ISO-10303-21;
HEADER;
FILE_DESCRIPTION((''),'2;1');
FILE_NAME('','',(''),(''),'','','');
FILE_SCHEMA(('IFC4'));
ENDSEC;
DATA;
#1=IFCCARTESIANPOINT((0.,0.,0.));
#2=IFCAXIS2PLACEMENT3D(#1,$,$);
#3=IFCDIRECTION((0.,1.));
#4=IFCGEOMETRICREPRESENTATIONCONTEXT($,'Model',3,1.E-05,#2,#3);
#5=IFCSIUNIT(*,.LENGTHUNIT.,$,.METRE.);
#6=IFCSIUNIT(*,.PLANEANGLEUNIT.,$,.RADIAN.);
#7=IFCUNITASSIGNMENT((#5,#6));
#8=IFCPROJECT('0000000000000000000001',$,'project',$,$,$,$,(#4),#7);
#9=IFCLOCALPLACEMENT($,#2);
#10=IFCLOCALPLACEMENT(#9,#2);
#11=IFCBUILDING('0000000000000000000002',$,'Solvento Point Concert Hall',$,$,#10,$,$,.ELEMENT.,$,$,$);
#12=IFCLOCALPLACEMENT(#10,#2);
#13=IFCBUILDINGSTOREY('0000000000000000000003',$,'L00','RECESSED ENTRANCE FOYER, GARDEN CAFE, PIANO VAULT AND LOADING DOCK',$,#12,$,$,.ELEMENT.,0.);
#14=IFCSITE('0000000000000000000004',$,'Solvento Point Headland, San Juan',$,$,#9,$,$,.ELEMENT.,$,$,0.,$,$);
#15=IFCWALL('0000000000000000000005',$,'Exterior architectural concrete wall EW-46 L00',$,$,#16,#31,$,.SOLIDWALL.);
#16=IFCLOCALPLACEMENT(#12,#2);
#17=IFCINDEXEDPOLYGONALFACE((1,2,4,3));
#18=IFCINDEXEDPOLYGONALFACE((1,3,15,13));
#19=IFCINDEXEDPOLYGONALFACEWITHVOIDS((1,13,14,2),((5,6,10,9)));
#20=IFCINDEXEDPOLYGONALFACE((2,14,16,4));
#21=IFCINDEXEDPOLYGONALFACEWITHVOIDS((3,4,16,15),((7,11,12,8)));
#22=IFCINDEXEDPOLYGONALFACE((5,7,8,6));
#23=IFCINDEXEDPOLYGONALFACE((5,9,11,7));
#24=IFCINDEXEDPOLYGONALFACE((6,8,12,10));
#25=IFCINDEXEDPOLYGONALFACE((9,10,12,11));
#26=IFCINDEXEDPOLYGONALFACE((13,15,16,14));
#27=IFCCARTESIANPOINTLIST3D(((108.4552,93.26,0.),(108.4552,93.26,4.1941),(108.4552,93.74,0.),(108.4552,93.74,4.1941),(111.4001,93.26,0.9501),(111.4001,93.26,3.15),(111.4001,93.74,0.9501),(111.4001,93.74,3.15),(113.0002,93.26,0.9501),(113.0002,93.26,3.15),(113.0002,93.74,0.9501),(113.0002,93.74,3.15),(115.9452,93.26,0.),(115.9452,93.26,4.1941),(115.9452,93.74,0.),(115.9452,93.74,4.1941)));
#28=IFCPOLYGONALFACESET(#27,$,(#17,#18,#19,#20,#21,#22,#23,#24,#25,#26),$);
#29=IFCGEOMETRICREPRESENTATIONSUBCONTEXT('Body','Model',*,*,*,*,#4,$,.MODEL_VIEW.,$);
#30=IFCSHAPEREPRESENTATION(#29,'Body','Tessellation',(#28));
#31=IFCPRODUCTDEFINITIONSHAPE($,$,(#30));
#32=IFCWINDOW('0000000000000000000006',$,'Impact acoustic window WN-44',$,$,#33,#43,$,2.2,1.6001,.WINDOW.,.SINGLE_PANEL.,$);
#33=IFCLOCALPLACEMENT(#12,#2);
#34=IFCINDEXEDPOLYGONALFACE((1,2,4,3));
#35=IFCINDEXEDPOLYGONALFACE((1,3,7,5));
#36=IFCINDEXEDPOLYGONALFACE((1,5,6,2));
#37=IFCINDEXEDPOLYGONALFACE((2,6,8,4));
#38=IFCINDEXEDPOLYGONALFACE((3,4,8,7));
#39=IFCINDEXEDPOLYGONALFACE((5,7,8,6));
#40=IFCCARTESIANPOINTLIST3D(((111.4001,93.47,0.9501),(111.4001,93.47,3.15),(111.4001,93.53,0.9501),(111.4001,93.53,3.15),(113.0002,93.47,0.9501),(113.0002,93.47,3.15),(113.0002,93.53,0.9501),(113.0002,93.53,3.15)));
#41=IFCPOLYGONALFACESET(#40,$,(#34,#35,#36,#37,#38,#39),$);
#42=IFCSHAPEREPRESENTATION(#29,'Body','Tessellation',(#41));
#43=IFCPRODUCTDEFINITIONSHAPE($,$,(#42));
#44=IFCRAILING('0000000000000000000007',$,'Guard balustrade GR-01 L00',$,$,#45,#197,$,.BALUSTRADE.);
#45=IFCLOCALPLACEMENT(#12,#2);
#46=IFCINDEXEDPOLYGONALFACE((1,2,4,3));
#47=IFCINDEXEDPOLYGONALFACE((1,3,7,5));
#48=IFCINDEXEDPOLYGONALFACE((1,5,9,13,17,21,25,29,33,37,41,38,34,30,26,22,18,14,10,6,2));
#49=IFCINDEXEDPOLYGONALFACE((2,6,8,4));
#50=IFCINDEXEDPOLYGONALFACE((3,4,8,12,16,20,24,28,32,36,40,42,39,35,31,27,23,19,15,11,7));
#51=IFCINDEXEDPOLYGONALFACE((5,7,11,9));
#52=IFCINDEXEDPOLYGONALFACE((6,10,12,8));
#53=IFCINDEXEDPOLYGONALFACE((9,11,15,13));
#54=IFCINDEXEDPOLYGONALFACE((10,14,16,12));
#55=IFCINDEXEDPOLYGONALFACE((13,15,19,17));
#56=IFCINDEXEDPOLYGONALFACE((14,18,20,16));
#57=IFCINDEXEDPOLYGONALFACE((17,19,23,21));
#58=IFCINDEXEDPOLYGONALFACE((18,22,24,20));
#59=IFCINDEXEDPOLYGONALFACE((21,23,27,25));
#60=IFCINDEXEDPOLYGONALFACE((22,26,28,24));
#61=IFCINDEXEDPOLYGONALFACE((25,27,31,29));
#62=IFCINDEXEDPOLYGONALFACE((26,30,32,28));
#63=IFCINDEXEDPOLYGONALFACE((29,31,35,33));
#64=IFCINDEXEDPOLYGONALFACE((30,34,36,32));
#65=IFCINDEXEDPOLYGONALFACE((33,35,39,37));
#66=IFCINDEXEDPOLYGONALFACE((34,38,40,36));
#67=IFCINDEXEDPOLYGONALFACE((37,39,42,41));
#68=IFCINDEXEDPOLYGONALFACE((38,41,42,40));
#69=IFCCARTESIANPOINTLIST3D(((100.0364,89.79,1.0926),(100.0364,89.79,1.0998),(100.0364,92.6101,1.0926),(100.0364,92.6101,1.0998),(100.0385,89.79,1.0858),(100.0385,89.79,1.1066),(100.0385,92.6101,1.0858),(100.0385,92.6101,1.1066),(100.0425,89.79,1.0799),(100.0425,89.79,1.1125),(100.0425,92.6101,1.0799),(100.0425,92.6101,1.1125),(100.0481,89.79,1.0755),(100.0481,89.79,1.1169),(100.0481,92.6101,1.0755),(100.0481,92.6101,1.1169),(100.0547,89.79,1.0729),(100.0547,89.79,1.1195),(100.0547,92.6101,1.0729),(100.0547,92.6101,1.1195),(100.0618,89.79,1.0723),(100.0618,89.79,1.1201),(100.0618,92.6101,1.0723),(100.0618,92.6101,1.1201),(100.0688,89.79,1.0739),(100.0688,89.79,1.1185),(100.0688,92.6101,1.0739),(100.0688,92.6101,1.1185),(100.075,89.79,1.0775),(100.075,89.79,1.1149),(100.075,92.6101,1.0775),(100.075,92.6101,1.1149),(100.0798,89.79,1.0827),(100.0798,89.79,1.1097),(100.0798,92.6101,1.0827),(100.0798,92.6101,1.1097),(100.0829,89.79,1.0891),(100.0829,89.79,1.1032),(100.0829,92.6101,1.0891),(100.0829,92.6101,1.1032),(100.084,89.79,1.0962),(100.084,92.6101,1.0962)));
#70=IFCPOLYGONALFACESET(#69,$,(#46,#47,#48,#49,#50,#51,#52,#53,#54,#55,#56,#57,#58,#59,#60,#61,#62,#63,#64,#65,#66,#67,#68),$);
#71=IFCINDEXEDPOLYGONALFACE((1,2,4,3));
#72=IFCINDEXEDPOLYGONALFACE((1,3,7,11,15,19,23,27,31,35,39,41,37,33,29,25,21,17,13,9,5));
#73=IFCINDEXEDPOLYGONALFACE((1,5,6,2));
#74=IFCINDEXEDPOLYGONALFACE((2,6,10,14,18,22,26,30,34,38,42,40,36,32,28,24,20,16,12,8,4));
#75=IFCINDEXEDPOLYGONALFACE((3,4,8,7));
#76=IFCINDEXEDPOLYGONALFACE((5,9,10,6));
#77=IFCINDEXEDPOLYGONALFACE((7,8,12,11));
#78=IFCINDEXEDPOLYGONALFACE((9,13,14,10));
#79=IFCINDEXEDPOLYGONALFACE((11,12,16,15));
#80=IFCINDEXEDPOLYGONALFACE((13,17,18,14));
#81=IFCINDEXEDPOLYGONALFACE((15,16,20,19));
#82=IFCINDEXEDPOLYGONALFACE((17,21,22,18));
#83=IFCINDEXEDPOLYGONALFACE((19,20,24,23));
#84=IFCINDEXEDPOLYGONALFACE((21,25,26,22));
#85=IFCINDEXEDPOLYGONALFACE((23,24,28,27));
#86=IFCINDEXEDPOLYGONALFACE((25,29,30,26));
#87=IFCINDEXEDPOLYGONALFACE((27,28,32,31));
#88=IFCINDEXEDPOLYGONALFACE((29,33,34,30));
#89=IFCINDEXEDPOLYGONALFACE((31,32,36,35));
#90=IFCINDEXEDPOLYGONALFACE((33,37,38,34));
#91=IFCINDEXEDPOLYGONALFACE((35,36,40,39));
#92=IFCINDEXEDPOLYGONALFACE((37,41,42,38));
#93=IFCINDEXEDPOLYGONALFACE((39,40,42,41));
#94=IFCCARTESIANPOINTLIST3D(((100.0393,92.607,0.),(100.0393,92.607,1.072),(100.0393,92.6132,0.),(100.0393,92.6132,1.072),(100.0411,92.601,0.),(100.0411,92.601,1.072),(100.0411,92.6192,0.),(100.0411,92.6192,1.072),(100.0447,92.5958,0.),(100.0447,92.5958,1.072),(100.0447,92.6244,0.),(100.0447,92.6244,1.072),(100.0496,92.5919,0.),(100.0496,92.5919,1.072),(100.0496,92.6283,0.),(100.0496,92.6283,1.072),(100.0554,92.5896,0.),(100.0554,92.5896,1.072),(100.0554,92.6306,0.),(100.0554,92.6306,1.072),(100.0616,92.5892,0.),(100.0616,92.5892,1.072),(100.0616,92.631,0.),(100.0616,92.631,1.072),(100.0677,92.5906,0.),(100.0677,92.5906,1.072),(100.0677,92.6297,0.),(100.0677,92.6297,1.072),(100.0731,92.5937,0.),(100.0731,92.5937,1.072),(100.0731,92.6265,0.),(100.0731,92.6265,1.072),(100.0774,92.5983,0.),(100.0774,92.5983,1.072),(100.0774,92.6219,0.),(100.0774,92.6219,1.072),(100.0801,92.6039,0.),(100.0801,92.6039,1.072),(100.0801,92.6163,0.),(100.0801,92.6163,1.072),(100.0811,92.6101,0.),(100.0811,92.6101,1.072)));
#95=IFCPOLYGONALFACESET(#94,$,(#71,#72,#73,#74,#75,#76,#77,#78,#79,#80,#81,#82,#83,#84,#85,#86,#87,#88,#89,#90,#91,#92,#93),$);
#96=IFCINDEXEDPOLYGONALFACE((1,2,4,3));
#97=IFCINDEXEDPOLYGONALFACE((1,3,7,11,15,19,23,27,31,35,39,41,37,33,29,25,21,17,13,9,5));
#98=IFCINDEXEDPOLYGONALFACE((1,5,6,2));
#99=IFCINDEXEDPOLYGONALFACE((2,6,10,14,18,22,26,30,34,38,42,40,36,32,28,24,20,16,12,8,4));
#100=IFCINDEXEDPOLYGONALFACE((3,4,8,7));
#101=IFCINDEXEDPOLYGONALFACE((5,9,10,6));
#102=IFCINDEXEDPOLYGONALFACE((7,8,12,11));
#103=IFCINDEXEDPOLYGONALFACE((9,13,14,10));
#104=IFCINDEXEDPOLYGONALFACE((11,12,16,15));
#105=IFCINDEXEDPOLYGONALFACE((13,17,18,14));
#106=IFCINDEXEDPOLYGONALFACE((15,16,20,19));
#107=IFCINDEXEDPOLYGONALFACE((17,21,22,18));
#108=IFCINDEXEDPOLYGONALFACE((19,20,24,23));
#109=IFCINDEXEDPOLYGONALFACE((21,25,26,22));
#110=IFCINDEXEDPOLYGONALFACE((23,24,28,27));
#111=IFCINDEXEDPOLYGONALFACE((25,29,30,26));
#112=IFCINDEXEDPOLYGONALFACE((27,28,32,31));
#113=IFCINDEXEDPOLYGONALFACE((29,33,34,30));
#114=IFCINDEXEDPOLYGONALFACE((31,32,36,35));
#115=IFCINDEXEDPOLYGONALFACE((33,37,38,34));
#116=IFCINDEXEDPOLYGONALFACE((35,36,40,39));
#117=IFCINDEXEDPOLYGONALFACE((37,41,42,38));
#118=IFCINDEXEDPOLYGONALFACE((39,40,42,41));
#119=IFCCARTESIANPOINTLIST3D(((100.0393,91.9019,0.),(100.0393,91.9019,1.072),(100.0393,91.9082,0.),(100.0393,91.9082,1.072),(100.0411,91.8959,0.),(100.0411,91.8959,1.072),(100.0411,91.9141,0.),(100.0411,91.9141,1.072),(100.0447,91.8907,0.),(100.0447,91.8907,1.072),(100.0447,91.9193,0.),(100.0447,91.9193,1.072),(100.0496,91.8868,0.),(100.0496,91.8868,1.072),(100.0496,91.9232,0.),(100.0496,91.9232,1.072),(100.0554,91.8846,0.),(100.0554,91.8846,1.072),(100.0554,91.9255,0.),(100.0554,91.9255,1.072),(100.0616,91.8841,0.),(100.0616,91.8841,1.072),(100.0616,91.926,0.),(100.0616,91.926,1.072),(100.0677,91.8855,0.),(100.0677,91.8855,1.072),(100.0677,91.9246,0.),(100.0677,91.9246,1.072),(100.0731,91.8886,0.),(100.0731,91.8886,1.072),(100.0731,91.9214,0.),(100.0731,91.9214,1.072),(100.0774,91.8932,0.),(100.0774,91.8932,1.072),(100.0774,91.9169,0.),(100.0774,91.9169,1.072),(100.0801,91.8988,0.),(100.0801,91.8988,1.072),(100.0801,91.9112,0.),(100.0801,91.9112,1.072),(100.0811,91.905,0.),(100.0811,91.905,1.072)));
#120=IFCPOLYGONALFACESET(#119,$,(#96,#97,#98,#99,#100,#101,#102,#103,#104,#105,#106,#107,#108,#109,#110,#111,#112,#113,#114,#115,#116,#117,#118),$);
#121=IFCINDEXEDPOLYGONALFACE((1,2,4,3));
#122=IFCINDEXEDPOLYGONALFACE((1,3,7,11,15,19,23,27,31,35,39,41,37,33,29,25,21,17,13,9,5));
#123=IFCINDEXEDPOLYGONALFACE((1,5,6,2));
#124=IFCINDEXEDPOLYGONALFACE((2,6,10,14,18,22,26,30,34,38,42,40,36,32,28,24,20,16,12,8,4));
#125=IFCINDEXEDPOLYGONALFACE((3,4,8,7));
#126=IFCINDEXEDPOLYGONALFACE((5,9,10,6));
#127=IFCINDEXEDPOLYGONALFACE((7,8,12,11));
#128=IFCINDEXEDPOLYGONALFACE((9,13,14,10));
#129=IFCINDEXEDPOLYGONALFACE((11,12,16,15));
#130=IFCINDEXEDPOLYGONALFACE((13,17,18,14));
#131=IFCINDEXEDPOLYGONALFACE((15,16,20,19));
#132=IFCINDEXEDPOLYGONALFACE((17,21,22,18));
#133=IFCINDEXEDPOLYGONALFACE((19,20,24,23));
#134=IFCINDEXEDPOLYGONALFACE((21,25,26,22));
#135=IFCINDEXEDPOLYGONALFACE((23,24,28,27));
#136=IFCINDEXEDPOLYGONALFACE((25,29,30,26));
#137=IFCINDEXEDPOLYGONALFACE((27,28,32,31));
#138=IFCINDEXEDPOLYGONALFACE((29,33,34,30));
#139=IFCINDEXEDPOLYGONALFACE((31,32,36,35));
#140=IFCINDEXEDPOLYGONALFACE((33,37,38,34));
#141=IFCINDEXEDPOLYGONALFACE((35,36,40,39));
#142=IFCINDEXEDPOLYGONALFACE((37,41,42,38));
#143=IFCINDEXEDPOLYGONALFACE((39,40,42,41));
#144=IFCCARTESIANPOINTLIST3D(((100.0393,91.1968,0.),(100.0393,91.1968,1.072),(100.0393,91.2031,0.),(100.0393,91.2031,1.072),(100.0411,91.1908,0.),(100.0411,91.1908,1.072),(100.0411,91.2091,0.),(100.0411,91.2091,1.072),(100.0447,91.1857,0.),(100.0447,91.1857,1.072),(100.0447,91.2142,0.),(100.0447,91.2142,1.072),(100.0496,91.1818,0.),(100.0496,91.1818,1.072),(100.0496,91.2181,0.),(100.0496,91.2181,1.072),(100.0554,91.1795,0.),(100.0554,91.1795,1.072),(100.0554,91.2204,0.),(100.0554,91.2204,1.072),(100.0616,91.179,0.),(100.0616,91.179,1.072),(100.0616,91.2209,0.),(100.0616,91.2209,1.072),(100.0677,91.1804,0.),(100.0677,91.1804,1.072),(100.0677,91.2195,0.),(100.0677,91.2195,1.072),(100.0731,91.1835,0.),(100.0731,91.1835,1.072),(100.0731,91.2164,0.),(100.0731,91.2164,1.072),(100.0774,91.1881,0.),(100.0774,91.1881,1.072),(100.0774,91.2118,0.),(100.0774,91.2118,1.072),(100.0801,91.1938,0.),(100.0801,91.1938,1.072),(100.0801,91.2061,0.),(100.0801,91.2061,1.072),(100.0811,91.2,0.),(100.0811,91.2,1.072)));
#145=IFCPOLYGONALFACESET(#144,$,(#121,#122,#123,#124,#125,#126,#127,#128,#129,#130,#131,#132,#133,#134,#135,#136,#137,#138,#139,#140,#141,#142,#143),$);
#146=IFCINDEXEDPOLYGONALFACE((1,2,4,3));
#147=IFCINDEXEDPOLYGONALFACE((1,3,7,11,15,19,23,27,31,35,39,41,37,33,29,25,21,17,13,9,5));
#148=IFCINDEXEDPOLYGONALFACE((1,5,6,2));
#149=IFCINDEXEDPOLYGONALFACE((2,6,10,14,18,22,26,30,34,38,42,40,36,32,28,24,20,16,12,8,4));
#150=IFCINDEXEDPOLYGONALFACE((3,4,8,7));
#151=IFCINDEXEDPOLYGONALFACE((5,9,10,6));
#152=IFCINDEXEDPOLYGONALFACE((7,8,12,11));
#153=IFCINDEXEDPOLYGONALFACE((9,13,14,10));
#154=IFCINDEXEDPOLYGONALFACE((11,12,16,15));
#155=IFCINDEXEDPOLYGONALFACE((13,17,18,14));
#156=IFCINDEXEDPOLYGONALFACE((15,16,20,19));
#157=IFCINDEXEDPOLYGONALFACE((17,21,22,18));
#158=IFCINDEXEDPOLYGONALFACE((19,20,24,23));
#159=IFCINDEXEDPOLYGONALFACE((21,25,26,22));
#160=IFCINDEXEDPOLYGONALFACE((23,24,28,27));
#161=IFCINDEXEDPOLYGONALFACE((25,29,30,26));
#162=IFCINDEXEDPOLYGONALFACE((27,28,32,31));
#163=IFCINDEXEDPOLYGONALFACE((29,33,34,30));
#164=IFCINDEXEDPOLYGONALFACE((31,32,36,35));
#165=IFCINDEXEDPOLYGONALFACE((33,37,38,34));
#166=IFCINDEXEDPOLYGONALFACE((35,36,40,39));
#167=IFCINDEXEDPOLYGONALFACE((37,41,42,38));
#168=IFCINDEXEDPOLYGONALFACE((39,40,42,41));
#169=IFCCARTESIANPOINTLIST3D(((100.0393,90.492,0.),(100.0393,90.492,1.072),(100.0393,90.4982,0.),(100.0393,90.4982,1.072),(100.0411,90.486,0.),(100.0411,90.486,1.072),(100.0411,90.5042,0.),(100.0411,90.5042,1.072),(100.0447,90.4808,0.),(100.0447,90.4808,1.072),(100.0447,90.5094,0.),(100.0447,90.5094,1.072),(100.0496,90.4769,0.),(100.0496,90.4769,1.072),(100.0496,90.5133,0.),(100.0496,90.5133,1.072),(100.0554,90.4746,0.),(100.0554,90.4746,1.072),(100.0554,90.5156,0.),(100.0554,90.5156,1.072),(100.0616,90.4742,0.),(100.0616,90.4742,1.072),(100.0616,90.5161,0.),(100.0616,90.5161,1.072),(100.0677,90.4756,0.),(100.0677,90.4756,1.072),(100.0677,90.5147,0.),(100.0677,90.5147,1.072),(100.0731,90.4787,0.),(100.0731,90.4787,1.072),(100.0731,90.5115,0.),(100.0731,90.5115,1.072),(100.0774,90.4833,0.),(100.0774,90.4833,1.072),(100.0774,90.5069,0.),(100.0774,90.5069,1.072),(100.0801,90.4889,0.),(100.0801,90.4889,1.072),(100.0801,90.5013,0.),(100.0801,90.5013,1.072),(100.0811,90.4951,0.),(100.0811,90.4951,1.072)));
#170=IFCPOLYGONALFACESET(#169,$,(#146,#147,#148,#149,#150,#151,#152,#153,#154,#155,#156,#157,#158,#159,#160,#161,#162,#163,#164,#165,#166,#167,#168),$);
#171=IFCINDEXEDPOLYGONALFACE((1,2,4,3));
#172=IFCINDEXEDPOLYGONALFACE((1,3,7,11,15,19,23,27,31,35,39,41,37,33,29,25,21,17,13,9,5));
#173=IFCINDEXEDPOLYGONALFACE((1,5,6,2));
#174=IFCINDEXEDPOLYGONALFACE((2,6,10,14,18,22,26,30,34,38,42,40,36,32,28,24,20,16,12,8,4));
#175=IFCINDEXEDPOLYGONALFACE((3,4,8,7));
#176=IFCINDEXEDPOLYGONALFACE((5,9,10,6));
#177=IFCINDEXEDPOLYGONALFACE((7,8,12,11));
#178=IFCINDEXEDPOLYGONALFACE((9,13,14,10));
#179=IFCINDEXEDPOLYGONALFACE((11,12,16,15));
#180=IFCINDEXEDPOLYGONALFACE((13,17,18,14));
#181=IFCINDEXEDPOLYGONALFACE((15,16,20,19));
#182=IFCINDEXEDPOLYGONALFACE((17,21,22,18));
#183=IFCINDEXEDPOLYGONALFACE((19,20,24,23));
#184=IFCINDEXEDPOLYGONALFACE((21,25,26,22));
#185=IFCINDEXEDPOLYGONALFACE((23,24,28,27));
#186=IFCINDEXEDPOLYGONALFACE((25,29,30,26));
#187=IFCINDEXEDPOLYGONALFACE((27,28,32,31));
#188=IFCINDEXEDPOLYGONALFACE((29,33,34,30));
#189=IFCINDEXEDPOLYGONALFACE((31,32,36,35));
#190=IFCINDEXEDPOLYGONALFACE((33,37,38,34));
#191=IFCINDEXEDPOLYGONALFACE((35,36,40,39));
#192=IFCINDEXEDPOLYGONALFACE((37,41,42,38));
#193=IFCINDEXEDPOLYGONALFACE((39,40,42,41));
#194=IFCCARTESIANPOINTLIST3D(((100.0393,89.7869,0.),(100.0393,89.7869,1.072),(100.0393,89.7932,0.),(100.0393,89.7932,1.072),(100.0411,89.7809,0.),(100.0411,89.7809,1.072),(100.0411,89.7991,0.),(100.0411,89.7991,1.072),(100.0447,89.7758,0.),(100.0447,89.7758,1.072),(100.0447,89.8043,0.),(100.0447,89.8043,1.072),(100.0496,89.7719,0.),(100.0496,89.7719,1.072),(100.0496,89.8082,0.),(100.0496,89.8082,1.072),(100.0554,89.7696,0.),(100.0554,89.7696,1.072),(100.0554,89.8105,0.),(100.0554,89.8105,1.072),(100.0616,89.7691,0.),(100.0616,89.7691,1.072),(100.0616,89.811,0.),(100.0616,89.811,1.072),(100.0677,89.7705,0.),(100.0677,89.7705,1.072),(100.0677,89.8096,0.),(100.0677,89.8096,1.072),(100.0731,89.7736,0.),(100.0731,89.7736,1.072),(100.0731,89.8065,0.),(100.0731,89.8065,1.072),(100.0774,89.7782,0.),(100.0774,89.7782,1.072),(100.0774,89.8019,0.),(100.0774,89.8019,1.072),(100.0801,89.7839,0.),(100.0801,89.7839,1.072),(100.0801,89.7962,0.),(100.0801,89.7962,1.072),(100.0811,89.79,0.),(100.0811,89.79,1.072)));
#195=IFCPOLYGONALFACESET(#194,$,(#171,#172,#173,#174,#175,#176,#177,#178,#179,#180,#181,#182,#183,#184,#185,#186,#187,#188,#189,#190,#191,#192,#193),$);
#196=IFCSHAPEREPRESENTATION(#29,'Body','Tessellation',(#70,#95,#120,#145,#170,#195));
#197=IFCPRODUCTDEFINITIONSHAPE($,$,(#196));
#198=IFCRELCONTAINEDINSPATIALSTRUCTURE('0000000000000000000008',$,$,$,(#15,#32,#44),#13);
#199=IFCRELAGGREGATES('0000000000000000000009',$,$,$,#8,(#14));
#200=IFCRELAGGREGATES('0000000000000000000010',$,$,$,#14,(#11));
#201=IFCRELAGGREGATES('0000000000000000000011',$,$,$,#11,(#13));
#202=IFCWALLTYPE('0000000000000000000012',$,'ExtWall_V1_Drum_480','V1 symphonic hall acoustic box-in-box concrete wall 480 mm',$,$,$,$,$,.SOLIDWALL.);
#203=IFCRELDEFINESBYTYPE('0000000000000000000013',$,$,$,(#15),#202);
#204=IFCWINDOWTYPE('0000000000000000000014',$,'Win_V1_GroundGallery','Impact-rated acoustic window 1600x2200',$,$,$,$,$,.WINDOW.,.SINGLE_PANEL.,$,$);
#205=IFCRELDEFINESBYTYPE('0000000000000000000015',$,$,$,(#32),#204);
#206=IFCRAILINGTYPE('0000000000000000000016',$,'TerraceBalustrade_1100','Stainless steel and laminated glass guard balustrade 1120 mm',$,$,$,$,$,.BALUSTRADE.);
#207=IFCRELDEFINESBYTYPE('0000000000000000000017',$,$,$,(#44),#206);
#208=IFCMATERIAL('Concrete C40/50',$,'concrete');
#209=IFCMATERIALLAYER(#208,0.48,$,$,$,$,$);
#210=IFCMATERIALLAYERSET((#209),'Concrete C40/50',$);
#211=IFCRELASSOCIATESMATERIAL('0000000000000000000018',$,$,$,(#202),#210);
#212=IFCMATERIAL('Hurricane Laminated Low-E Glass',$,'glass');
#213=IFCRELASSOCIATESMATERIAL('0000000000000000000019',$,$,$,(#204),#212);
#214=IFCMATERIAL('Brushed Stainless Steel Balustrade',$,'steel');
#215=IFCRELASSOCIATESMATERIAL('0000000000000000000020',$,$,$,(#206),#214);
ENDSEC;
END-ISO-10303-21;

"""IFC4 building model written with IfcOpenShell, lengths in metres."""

from ifc_helpers import new_model, si_unit, direction, frame, frame_2d, origin, origin_2d, place, context, subcontext, project, spatial, rectangle, circle, extrude, material, layer, layer_set, type_object, element, fill, save


model = new_model("IFC4")

# Units and contexts
model_context = context("Model", 3, precision=1e-05, world=origin(), true_north=direction((0.0, 1.0)))
body_context = subcontext(model_context, "Body", "Model", "MODEL_VIEW")
ifc_project = project(units=[si_unit("LENGTHUNIT", "METRE"), si_unit("PLANEANGLEUNIT", "RADIAN")], contexts=[model_context])

# Site, building, storey
site_placement = place(None, origin())
site = spatial("IfcSite", under=ifc_project, at=site_placement, Name="Solvento Point Headland, San Juan", CompositionType="ELEMENT", RefElevation=0.0)
building_placement = place(site_placement, origin())
building = spatial("IfcBuilding", under=site, at=building_placement, Name="Solvento Point Concert Hall", CompositionType="ELEMENT")
storey_placement = place(building_placement, origin())
storey = spatial("IfcBuildingStorey", under=building, at=storey_placement, Name="L00", Description="RECESSED ENTRANCE FOYER, GARDEN CAFE, PIANO VAULT AND LOADING DOCK", CompositionType="ELEMENT", Elevation=0.0)

# Shared definitions
ifc_material_1 = material(Name="Concrete C40/50", Category="concrete")
ifc_layer_1 = layer(ifc_material_1, 0.48)
ifc_layer_set_1 = layer_set([ifc_layer_1], Name="Concrete C40/50")
wall_type_1 = type_object("IfcWallType", Name="ExtWall_V1_Drum_480", Description="V1 symphonic hall acoustic box-in-box concrete wall 480 mm", PredefinedType="SOLIDWALL", material=ifc_layer_set_1)

# Wall, opening, window
wall_1_placement = place(storey_placement, frame((108.4551, 93.5, 0.0), z_axis=(0.0, 0.0, 1.0), x_axis=(1.0, 0.0, 0.0)))
wall_1 = element("IfcWall", 1, at=wall_1_placement, inside=storey, type_object=wall_type_1, Name="Exterior architectural concrete wall EW-46 L00", PredefinedType="SOLIDWALL", context=body_context, shape_type="SweptSolid", body=[
    extrude(rectangle(XDim=7.49, YDim=0.48, at=frame_2d((3.7451, 0.0))), origin(), (0.0, 0.0, 1.0), 4.1941),
])
opening_1_placement = place(wall_1_placement, frame((2.9451, 0.0, 0.95)))
opening_1 = element("IfcOpeningElement", 2, at=opening_1_placement, cuts=wall_1, PredefinedType="OPENING", context=body_context, shape_type="SweptSolid", body=[
    extrude(rectangle(XDim=1.6001, YDim=2.2, at=frame_2d((0.8, 1.1001))), frame((0.0, 0.25, 0.0), z_axis=(0.0, -1.0, 0.0), x_axis=(1.0, 0.0, 0.0)), (0.0, 0.0, 1.0), 0.5),
])
ifc_material_2 = material(Name="Hurricane Laminated Low-E Glass", Category="glass")
window_type = type_object("IfcWindowType", Name="Win_V1_GroundGallery", Description="Impact-rated acoustic window 1600x2200", PartitioningType="SINGLE_PANEL", PredefinedType="WINDOW", material=ifc_material_2)
window_placement = place(opening_1_placement, origin())
window = element("IfcWindow", 3, at=window_placement, inside=storey, type_object=window_type, Name="Impact acoustic window WN-44", OverallHeight=2.2, OverallWidth=1.6001, PartitioningType="SINGLE_PANEL", PredefinedType="WINDOW", context=body_context, shape_type="SweptSolid", body=[
    extrude(rectangle(XDim=1.6001, YDim=2.2, at=frame_2d((0.8, 1.1001))), frame((0.0, 0.03, 0.0), z_axis=(0.0, -1.0, 0.0), x_axis=(1.0, 0.0, 0.0)), (0.0, 0.0, 1.0), 0.0601),
])
fill(opening_1, window)

# Railing
ifc_material_3 = material(Name="Brushed Stainless Steel Balustrade", Category="steel")
railing_type = type_object("IfcRailingType", Name="TerraceBalustrade_1100", Description="Stainless steel and laminated glass guard balustrade 1120 mm", PredefinedType="BALUSTRADE", material=ifc_material_3)
railing_placement = place(storey_placement, frame((100.0601, 92.6101, 0.0)))
element("IfcRailing", 4, at=railing_placement, inside=storey, type_object=railing_type, Name="Guard balustrade GR-01 L00", PredefinedType="BALUSTRADE", context=body_context, shape_type="SweptSolid", body=[
    extrude(circle(Radius=0.0239, at=origin_2d()), frame((0.0, 0.0, 1.0962), z_axis=(0.0, -1.0, 0.0), x_axis=(1.0, 0.0, 0.0)), (0.0, 0.0, 1.0), 2.8201),
    extrude(circle(Radius=0.021, at=origin_2d()), origin(), (0.0, 0.0, 1.0), 1.072),
    extrude(circle(Radius=0.021, at=origin_2d()), frame((0.0, -0.7051, 0.0)), (0.0, 0.0, 1.0), 1.072),
    extrude(circle(Radius=0.021, at=origin_2d()), frame((0.0, -1.4102, 0.0)), (0.0, 0.0, 1.0), 1.072),
    extrude(circle(Radius=0.021, at=origin_2d()), frame((0.0, -2.115, 0.0)), (0.0, 0.0, 1.0), 1.072),
    extrude(circle(Radius=0.021, at=origin_2d()), frame((0.0, -2.8201, 0.0)), (0.0, 0.0, 1.0), 1.072),
])

save(model, "model.ifc")
